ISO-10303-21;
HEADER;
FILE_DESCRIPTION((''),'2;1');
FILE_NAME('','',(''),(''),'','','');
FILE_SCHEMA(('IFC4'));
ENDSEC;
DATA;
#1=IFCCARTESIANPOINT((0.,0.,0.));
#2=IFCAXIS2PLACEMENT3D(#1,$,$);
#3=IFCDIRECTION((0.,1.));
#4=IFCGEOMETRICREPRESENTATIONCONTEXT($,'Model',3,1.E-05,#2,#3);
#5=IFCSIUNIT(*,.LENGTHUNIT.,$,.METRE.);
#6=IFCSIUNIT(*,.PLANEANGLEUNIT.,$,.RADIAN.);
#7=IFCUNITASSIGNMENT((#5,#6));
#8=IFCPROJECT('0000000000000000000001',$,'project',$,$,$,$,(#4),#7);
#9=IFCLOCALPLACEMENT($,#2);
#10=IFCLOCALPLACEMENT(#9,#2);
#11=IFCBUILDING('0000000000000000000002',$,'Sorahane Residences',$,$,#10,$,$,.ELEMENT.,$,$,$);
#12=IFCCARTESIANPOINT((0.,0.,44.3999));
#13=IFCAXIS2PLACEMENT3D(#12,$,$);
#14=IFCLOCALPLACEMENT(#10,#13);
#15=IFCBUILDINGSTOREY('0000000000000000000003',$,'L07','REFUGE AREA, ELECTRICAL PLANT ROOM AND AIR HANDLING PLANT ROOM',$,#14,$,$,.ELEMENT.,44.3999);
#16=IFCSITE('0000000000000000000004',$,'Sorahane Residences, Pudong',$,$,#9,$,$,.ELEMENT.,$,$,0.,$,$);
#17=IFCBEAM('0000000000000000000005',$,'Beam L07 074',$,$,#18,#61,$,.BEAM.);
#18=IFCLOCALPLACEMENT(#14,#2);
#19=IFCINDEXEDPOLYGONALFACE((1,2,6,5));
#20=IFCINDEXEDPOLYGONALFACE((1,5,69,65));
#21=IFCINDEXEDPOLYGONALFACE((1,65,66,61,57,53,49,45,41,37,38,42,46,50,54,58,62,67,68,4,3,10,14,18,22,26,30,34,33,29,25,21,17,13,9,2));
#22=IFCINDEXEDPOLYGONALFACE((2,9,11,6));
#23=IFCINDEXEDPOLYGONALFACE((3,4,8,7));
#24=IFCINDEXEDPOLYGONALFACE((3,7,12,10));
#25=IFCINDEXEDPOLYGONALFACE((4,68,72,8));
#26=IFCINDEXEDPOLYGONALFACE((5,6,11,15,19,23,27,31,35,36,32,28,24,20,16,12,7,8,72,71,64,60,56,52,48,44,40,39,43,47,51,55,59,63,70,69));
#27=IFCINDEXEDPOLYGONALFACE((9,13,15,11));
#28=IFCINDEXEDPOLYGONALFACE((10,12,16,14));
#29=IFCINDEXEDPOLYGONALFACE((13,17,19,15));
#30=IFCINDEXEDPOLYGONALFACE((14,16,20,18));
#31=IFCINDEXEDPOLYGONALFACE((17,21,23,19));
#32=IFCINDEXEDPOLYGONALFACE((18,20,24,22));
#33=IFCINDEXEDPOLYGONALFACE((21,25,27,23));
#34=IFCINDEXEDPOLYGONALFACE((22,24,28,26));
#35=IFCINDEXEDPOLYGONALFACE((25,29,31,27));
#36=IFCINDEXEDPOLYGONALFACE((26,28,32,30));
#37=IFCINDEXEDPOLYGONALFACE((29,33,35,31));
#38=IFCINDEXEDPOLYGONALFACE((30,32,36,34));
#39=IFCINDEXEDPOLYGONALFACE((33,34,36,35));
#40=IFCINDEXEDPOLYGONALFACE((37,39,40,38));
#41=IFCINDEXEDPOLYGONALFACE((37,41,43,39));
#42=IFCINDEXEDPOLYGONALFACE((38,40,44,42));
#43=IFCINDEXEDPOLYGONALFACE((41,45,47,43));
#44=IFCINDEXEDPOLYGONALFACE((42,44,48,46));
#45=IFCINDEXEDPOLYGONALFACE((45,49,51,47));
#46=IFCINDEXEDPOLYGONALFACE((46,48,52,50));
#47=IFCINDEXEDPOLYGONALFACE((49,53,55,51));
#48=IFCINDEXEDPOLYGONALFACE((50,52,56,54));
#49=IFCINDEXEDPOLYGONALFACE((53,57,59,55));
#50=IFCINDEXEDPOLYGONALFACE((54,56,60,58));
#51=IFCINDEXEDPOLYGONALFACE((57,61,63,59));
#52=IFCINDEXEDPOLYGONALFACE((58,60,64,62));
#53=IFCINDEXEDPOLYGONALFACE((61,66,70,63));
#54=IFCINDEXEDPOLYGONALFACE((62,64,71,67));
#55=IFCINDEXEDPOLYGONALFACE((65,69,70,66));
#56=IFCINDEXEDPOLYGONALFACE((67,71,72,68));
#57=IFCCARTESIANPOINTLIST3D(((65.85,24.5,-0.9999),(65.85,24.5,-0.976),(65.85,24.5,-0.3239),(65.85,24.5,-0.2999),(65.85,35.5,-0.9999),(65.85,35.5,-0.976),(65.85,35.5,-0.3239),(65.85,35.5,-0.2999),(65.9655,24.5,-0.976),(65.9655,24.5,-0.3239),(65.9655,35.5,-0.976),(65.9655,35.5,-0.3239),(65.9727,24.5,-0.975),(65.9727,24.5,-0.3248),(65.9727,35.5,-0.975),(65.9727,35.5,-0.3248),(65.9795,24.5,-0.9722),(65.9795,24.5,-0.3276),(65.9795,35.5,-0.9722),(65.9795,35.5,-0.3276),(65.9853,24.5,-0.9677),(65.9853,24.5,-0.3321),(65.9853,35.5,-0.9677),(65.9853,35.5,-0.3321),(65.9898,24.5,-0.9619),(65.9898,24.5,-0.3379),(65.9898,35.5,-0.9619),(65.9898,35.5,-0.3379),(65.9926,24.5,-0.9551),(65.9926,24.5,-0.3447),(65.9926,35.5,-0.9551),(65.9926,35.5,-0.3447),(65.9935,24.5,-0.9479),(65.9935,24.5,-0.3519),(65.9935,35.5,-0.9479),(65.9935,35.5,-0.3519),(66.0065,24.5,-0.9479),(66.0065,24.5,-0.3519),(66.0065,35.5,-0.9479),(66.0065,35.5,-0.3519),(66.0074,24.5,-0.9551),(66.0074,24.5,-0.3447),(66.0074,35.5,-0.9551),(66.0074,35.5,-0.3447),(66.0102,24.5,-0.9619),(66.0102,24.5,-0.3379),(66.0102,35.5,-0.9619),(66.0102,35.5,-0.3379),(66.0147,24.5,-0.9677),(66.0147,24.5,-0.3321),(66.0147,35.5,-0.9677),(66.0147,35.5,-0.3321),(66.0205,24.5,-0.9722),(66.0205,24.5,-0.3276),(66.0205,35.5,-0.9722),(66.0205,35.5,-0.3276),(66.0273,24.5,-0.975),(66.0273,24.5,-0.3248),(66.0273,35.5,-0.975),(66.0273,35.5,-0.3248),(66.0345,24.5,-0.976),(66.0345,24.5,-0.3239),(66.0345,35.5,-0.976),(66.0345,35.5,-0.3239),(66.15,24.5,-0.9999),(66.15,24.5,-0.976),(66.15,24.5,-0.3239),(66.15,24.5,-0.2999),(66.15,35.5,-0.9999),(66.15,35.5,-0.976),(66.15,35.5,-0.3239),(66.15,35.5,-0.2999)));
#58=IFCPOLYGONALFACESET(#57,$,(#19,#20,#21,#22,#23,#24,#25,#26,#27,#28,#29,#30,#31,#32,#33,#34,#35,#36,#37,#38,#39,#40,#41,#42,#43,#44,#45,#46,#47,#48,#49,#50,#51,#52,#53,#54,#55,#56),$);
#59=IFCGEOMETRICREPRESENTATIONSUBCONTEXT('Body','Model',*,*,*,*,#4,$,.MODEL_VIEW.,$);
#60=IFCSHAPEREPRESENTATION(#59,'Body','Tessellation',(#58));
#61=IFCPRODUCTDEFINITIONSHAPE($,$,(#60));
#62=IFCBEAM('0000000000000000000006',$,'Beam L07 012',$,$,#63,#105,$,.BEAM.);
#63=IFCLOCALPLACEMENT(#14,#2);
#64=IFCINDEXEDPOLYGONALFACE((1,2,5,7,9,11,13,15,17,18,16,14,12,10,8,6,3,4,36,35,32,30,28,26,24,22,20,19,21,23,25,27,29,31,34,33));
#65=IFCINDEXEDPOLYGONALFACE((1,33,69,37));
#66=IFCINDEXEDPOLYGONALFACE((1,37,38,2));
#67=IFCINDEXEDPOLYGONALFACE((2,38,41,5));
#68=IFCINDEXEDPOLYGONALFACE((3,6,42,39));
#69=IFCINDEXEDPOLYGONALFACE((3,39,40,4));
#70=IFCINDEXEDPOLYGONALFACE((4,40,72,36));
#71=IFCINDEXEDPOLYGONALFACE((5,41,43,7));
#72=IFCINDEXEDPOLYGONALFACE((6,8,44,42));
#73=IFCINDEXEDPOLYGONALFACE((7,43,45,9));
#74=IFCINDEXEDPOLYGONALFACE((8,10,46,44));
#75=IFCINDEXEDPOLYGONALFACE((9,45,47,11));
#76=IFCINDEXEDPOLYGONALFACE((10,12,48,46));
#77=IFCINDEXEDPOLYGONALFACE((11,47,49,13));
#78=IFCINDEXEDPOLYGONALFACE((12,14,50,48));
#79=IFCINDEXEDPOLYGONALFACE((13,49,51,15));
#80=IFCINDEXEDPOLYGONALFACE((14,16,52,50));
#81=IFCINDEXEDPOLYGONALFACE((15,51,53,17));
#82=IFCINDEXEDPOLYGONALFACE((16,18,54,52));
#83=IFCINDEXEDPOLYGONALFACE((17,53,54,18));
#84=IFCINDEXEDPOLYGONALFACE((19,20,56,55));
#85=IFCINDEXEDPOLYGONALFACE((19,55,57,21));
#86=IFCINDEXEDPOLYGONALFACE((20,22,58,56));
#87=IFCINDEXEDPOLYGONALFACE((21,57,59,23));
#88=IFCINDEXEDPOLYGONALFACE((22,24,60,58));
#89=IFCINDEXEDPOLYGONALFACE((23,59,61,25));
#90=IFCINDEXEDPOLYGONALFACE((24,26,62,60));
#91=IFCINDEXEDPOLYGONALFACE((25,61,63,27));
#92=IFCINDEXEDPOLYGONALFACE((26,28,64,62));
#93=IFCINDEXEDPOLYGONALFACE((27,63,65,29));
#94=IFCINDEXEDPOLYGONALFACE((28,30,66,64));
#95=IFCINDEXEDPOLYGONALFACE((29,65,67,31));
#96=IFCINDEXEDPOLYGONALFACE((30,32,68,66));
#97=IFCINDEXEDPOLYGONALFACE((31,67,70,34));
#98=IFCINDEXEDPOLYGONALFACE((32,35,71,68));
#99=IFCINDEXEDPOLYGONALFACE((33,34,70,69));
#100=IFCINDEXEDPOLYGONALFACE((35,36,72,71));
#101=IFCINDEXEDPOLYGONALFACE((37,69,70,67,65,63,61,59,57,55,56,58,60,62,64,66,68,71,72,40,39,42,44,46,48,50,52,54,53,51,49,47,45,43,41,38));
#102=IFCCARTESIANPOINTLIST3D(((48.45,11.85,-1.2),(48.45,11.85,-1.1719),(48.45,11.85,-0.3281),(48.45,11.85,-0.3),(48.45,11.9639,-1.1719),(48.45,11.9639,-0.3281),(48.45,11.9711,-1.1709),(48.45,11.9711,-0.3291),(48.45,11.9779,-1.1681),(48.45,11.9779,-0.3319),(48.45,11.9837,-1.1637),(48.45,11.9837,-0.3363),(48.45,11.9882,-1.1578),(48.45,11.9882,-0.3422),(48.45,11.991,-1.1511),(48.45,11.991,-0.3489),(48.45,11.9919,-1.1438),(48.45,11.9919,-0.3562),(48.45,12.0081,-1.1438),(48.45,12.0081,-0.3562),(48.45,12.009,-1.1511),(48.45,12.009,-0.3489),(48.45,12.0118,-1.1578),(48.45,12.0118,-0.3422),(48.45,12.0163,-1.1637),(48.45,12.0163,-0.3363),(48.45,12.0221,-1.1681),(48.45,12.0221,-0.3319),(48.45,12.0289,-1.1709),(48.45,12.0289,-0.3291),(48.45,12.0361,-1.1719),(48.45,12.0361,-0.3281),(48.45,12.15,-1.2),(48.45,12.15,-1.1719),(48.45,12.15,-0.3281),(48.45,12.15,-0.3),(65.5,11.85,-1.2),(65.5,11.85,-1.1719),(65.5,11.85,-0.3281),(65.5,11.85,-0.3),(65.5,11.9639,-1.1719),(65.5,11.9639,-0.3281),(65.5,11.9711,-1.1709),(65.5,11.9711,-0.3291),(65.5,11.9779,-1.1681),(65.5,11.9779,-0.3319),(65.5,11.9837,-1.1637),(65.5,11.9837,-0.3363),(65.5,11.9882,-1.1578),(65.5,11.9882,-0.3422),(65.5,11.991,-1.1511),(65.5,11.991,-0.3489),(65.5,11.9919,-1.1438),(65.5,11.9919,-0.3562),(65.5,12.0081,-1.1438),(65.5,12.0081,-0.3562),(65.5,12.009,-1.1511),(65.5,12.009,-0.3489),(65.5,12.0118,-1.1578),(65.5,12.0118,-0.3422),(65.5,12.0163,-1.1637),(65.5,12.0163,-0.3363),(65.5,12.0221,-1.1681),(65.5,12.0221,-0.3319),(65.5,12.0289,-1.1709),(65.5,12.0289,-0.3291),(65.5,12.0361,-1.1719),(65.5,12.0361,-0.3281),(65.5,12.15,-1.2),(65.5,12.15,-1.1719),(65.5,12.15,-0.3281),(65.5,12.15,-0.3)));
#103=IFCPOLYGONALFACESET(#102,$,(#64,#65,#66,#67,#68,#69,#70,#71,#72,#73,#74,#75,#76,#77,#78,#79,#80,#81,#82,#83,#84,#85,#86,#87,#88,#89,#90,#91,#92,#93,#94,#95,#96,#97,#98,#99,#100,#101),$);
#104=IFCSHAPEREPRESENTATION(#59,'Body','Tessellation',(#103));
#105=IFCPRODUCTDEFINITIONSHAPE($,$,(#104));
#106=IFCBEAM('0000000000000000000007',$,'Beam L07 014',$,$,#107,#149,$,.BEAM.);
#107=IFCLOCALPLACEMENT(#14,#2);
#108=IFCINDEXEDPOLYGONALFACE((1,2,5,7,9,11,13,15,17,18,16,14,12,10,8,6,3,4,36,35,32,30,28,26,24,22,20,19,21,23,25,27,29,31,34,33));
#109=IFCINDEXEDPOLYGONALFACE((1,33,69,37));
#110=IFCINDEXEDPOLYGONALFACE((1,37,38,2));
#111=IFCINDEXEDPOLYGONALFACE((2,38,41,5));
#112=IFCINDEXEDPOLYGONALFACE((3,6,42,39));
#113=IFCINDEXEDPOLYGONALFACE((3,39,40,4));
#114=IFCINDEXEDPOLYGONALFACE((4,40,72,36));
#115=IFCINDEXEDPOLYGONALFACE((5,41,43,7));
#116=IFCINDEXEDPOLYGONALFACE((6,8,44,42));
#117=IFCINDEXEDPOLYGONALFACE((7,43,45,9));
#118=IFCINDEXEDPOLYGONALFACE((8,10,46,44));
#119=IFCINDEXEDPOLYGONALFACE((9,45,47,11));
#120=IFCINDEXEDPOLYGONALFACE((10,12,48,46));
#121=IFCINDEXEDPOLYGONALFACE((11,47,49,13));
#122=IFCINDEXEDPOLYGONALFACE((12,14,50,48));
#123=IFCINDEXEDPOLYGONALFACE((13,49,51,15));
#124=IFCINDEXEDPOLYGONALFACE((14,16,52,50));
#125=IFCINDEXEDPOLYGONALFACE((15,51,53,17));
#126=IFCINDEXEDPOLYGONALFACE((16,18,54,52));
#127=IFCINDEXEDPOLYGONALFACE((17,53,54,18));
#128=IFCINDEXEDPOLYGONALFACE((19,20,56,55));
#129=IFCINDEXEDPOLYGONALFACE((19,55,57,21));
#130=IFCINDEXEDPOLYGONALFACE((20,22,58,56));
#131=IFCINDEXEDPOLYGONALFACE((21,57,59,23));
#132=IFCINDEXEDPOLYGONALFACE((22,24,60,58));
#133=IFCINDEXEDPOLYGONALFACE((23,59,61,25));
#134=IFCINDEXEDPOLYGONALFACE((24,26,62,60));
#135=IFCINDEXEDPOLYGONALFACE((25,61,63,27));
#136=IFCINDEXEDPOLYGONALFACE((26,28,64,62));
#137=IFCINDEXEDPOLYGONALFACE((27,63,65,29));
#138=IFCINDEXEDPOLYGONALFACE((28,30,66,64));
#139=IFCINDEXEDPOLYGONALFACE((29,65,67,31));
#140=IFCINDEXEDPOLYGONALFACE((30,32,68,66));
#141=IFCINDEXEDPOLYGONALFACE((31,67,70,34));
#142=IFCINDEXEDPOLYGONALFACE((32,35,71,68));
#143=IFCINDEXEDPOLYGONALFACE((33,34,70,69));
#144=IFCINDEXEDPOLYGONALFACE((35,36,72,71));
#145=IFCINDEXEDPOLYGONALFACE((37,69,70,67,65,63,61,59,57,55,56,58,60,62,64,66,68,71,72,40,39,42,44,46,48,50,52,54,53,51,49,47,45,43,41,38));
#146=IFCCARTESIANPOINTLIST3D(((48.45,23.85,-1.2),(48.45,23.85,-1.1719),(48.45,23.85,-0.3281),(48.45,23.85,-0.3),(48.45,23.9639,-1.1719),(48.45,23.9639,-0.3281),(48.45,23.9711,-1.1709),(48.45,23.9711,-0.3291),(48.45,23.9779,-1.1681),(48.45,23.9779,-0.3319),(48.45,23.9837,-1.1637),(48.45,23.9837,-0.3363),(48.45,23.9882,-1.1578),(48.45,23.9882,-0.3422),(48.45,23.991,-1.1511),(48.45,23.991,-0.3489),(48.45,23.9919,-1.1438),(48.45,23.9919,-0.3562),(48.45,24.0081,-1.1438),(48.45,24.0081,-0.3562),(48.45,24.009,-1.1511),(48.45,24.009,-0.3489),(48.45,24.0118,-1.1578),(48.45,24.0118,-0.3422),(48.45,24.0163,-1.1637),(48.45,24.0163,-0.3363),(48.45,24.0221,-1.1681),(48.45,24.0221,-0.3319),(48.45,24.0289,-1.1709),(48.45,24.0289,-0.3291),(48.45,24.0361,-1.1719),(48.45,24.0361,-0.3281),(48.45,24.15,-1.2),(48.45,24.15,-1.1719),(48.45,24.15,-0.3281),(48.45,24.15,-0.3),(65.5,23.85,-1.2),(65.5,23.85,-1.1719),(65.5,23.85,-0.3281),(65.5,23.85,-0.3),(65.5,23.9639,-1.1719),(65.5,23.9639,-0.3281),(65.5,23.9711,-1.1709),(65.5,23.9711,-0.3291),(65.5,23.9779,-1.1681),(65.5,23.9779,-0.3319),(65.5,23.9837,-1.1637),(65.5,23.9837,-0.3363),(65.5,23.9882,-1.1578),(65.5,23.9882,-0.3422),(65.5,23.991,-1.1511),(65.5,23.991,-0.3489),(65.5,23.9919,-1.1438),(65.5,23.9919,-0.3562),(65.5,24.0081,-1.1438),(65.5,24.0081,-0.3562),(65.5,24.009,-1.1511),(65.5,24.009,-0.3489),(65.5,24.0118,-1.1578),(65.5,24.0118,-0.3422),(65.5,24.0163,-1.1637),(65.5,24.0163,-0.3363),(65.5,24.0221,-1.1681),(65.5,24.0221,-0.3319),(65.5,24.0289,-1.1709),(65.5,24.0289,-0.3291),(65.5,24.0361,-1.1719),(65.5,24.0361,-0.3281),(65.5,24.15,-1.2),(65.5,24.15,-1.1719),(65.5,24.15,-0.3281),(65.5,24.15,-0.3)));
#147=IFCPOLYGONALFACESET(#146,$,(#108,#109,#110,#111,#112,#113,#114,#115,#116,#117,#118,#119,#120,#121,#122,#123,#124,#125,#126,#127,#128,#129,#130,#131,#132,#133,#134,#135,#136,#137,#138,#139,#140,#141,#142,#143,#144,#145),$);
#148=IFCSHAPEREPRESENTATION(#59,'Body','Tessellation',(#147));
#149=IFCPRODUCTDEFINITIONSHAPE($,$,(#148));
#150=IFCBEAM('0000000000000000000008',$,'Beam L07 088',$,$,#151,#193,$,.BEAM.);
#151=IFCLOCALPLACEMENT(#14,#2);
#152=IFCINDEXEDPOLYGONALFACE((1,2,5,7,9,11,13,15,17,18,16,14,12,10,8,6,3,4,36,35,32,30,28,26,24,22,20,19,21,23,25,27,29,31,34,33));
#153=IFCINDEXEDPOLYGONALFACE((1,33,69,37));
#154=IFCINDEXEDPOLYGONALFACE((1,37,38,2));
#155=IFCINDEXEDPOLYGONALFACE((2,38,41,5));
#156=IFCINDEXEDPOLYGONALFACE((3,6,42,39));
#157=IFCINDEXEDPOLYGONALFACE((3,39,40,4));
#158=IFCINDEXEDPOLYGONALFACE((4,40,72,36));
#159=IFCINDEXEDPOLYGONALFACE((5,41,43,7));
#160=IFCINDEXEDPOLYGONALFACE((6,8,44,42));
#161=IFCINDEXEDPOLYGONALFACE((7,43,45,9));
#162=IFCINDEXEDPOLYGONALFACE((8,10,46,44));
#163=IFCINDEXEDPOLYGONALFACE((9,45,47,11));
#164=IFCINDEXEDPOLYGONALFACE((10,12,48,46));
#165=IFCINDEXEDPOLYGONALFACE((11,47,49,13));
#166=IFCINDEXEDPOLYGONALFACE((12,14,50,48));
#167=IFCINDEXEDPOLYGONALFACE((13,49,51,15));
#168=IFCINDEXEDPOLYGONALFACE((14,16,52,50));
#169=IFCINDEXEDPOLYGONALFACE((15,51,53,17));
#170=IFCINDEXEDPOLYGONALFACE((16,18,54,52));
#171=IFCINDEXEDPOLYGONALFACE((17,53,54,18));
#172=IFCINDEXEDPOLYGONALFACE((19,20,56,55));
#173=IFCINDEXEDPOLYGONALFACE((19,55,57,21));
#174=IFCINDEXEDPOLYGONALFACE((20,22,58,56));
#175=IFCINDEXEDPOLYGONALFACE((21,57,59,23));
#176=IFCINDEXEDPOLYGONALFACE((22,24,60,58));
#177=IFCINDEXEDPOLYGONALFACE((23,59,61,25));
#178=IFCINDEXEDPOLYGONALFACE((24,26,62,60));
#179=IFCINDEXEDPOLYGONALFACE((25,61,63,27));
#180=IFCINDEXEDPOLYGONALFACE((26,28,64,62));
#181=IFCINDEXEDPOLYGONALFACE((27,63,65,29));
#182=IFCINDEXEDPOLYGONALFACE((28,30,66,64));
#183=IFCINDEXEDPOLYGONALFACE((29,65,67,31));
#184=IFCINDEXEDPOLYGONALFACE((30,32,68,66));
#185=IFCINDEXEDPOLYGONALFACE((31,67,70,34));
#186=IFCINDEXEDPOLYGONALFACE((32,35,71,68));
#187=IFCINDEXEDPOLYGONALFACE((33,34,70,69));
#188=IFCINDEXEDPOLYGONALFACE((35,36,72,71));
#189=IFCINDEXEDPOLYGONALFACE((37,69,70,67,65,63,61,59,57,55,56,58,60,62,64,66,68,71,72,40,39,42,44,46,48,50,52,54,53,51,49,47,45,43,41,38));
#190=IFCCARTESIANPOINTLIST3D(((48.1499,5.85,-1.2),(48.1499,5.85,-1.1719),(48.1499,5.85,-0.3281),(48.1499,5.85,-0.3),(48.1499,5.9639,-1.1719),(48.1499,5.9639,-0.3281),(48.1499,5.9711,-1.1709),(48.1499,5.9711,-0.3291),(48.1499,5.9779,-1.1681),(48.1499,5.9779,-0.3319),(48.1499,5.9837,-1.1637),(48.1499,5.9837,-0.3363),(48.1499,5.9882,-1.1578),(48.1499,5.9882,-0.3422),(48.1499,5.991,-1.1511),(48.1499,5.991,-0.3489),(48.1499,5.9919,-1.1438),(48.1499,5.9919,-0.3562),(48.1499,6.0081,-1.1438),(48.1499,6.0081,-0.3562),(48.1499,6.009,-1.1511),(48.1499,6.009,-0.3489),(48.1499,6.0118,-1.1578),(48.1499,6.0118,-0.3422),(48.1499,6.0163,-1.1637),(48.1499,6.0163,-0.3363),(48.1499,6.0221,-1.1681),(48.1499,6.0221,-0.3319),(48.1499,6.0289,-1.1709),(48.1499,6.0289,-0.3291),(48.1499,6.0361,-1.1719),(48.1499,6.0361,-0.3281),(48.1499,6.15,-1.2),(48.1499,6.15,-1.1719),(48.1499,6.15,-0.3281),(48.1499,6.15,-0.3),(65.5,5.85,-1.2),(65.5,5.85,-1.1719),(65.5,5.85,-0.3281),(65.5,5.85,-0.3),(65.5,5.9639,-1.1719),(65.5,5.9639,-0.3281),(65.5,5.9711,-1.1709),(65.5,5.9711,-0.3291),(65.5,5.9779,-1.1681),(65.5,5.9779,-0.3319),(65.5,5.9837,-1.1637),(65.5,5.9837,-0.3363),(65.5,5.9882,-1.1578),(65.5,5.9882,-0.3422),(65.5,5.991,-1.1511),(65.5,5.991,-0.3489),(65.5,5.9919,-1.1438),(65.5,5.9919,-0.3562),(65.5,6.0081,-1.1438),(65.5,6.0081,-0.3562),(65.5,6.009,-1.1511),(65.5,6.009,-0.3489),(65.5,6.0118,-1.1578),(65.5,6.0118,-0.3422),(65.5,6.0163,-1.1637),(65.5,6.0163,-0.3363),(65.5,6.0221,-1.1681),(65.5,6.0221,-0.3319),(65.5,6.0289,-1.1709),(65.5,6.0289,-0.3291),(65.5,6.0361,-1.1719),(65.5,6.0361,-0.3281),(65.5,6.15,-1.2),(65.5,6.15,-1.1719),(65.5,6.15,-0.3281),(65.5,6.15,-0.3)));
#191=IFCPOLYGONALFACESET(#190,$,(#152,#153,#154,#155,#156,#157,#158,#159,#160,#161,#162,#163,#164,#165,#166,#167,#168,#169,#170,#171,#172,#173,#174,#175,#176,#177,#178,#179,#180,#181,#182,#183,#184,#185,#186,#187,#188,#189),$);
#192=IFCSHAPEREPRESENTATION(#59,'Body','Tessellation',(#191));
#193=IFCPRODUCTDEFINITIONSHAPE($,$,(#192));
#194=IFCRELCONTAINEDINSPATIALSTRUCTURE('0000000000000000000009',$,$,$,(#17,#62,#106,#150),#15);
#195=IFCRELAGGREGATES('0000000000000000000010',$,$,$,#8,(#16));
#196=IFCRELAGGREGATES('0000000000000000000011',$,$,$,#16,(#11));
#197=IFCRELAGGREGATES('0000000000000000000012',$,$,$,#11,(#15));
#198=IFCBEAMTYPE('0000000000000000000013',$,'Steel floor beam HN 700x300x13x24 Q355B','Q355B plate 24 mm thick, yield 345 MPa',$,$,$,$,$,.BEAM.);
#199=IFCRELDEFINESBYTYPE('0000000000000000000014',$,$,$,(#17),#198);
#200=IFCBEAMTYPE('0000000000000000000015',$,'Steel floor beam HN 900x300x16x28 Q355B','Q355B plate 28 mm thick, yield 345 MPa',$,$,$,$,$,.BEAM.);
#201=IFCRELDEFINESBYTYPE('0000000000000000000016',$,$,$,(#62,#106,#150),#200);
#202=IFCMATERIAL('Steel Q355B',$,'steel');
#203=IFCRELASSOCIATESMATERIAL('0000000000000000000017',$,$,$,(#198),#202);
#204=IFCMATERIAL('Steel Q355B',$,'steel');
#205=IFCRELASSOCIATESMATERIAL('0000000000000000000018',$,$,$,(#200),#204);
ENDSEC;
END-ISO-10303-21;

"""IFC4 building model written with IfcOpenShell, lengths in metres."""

from ifc_helpers import new_model, si_unit, direction, frame, origin, origin_2d, place, context, subcontext, project, spatial, i_section, extrude, material, material_profile, profile_set, type_object, element, save


model = new_model("IFC4")

# Units and contexts
model_context = context("Model", 3, precision=1e-05, world=origin(), true_north=direction((0.0, 1.0)))
body_context = subcontext(model_context, "Body", "Model", "MODEL_VIEW")
ifc_project = project(units=[si_unit("LENGTHUNIT", "METRE"), si_unit("PLANEANGLEUNIT", "RADIAN")], contexts=[model_context])

# Site, building, storey
site_placement = place(None, origin())
site = spatial("IfcSite", under=ifc_project, at=site_placement, Name="Sorahane Residences, Pudong", CompositionType="ELEMENT", RefElevation=0.0)
building_placement = place(site_placement, origin())
building = spatial("IfcBuilding", under=site, at=building_placement, Name="Sorahane Residences", CompositionType="ELEMENT")
storey_placement = place(building_placement, frame((0.0, 0.0, 44.3999)))
storey = spatial("IfcBuildingStorey", under=building, at=storey_placement, Name="L07", Description="REFUGE AREA, ELECTRICAL PLANT ROOM AND AIR HANDLING PLANT ROOM", CompositionType="ELEMENT", Elevation=44.3999)

# Beams
ifc_material_1 = material(Name="Steel Q355B", Category="steel")
ifc_material_profile_1 = material_profile(ifc_material_1, i_section(OverallWidth=0.3, OverallDepth=0.7, WebThickness=0.0129, FlangeThickness=0.0239, FilletRadius=0.0281, at=origin_2d()), Name="HN 700x300x13x24")
ifc_profile_set_1 = profile_set([ifc_material_profile_1], Name="Steel Q355B")
beam_type_1 = type_object("IfcBeamType", Name="Steel floor beam HN 700x300x13x24 Q355B", Description="Q355B plate 24 mm thick, yield 345 MPa", PredefinedType="BEAM", material=ifc_profile_set_1)
for number, where, z_axis, x_axis, name in (
    (1, (66.0, 24.5, -0.6499), (0.0, 1.0, 0.0), (-1.0, 0.0, 0.0), "Beam L07 074"),
):
    element("IfcBeam", number, at=place(storey_placement, frame(where, z_axis=z_axis, x_axis=x_axis)), inside=storey, type_object=beam_type_1, Name=name, PredefinedType="BEAM", context=body_context, shape_type="SweptSolid", body=[
        extrude(i_section(OverallWidth=0.3, OverallDepth=0.7, WebThickness=0.0129, FlangeThickness=0.0239, FilletRadius=0.0281, at=origin_2d()), origin(), (0.0, 0.0, 1.0), 11.0),
    ])
ifc_material_2 = material(Name="Steel Q355B", Category="steel")
ifc_material_profile_2 = material_profile(ifc_material_2, i_section(OverallWidth=0.3, OverallDepth=0.8999, WebThickness=0.0161, FlangeThickness=0.0281, FilletRadius=0.0281, at=origin_2d()), Name="HN 900x300x16x28")
ifc_profile_set_2 = profile_set([ifc_material_profile_2], Name="Steel Q355B")
beam_type_2 = type_object("IfcBeamType", Name="Steel floor beam HN 900x300x16x28 Q355B", Description="Q355B plate 28 mm thick, yield 345 MPa", PredefinedType="BEAM", material=ifc_profile_set_2)
for number, where, z_axis, x_axis, name in (
    (2, (48.45, 12.0, -0.75), (1.0, 0.0, 0.0), (0.0, 1.0, 0.0), "Beam L07 012"),
    (3, (48.45, 24.0, -0.75), (1.0, 0.0, 0.0), (0.0, 1.0, 0.0), "Beam L07 014"),
):
    element("IfcBeam", number, at=place(storey_placement, frame(where, z_axis=z_axis, x_axis=x_axis)), inside=storey, type_object=beam_type_2, Name=name, PredefinedType="BEAM", context=body_context, shape_type="SweptSolid", body=[
        extrude(i_section(OverallWidth=0.3, OverallDepth=0.8999, WebThickness=0.0161, FlangeThickness=0.0281, FilletRadius=0.0281, at=origin_2d()), origin(), (0.0, 0.0, 1.0), 17.05),
    ])
beam_1_placement = place(storey_placement, frame((48.1499, 6.0, -0.75), z_axis=(1.0, 0.0, 0.0), x_axis=(0.0, 1.0, 0.0)))
element("IfcBeam", 4, at=beam_1_placement, inside=storey, type_object=beam_type_2, Name="Beam L07 088", PredefinedType="BEAM", context=body_context, shape_type="SweptSolid", body=[
    extrude(i_section(OverallWidth=0.3, OverallDepth=0.8999, WebThickness=0.0161, FlangeThickness=0.0281, FilletRadius=0.0281, at=origin_2d()), origin(), (0.0, 0.0, 1.0), 17.3501),
])

save(model, "model.ifc")
